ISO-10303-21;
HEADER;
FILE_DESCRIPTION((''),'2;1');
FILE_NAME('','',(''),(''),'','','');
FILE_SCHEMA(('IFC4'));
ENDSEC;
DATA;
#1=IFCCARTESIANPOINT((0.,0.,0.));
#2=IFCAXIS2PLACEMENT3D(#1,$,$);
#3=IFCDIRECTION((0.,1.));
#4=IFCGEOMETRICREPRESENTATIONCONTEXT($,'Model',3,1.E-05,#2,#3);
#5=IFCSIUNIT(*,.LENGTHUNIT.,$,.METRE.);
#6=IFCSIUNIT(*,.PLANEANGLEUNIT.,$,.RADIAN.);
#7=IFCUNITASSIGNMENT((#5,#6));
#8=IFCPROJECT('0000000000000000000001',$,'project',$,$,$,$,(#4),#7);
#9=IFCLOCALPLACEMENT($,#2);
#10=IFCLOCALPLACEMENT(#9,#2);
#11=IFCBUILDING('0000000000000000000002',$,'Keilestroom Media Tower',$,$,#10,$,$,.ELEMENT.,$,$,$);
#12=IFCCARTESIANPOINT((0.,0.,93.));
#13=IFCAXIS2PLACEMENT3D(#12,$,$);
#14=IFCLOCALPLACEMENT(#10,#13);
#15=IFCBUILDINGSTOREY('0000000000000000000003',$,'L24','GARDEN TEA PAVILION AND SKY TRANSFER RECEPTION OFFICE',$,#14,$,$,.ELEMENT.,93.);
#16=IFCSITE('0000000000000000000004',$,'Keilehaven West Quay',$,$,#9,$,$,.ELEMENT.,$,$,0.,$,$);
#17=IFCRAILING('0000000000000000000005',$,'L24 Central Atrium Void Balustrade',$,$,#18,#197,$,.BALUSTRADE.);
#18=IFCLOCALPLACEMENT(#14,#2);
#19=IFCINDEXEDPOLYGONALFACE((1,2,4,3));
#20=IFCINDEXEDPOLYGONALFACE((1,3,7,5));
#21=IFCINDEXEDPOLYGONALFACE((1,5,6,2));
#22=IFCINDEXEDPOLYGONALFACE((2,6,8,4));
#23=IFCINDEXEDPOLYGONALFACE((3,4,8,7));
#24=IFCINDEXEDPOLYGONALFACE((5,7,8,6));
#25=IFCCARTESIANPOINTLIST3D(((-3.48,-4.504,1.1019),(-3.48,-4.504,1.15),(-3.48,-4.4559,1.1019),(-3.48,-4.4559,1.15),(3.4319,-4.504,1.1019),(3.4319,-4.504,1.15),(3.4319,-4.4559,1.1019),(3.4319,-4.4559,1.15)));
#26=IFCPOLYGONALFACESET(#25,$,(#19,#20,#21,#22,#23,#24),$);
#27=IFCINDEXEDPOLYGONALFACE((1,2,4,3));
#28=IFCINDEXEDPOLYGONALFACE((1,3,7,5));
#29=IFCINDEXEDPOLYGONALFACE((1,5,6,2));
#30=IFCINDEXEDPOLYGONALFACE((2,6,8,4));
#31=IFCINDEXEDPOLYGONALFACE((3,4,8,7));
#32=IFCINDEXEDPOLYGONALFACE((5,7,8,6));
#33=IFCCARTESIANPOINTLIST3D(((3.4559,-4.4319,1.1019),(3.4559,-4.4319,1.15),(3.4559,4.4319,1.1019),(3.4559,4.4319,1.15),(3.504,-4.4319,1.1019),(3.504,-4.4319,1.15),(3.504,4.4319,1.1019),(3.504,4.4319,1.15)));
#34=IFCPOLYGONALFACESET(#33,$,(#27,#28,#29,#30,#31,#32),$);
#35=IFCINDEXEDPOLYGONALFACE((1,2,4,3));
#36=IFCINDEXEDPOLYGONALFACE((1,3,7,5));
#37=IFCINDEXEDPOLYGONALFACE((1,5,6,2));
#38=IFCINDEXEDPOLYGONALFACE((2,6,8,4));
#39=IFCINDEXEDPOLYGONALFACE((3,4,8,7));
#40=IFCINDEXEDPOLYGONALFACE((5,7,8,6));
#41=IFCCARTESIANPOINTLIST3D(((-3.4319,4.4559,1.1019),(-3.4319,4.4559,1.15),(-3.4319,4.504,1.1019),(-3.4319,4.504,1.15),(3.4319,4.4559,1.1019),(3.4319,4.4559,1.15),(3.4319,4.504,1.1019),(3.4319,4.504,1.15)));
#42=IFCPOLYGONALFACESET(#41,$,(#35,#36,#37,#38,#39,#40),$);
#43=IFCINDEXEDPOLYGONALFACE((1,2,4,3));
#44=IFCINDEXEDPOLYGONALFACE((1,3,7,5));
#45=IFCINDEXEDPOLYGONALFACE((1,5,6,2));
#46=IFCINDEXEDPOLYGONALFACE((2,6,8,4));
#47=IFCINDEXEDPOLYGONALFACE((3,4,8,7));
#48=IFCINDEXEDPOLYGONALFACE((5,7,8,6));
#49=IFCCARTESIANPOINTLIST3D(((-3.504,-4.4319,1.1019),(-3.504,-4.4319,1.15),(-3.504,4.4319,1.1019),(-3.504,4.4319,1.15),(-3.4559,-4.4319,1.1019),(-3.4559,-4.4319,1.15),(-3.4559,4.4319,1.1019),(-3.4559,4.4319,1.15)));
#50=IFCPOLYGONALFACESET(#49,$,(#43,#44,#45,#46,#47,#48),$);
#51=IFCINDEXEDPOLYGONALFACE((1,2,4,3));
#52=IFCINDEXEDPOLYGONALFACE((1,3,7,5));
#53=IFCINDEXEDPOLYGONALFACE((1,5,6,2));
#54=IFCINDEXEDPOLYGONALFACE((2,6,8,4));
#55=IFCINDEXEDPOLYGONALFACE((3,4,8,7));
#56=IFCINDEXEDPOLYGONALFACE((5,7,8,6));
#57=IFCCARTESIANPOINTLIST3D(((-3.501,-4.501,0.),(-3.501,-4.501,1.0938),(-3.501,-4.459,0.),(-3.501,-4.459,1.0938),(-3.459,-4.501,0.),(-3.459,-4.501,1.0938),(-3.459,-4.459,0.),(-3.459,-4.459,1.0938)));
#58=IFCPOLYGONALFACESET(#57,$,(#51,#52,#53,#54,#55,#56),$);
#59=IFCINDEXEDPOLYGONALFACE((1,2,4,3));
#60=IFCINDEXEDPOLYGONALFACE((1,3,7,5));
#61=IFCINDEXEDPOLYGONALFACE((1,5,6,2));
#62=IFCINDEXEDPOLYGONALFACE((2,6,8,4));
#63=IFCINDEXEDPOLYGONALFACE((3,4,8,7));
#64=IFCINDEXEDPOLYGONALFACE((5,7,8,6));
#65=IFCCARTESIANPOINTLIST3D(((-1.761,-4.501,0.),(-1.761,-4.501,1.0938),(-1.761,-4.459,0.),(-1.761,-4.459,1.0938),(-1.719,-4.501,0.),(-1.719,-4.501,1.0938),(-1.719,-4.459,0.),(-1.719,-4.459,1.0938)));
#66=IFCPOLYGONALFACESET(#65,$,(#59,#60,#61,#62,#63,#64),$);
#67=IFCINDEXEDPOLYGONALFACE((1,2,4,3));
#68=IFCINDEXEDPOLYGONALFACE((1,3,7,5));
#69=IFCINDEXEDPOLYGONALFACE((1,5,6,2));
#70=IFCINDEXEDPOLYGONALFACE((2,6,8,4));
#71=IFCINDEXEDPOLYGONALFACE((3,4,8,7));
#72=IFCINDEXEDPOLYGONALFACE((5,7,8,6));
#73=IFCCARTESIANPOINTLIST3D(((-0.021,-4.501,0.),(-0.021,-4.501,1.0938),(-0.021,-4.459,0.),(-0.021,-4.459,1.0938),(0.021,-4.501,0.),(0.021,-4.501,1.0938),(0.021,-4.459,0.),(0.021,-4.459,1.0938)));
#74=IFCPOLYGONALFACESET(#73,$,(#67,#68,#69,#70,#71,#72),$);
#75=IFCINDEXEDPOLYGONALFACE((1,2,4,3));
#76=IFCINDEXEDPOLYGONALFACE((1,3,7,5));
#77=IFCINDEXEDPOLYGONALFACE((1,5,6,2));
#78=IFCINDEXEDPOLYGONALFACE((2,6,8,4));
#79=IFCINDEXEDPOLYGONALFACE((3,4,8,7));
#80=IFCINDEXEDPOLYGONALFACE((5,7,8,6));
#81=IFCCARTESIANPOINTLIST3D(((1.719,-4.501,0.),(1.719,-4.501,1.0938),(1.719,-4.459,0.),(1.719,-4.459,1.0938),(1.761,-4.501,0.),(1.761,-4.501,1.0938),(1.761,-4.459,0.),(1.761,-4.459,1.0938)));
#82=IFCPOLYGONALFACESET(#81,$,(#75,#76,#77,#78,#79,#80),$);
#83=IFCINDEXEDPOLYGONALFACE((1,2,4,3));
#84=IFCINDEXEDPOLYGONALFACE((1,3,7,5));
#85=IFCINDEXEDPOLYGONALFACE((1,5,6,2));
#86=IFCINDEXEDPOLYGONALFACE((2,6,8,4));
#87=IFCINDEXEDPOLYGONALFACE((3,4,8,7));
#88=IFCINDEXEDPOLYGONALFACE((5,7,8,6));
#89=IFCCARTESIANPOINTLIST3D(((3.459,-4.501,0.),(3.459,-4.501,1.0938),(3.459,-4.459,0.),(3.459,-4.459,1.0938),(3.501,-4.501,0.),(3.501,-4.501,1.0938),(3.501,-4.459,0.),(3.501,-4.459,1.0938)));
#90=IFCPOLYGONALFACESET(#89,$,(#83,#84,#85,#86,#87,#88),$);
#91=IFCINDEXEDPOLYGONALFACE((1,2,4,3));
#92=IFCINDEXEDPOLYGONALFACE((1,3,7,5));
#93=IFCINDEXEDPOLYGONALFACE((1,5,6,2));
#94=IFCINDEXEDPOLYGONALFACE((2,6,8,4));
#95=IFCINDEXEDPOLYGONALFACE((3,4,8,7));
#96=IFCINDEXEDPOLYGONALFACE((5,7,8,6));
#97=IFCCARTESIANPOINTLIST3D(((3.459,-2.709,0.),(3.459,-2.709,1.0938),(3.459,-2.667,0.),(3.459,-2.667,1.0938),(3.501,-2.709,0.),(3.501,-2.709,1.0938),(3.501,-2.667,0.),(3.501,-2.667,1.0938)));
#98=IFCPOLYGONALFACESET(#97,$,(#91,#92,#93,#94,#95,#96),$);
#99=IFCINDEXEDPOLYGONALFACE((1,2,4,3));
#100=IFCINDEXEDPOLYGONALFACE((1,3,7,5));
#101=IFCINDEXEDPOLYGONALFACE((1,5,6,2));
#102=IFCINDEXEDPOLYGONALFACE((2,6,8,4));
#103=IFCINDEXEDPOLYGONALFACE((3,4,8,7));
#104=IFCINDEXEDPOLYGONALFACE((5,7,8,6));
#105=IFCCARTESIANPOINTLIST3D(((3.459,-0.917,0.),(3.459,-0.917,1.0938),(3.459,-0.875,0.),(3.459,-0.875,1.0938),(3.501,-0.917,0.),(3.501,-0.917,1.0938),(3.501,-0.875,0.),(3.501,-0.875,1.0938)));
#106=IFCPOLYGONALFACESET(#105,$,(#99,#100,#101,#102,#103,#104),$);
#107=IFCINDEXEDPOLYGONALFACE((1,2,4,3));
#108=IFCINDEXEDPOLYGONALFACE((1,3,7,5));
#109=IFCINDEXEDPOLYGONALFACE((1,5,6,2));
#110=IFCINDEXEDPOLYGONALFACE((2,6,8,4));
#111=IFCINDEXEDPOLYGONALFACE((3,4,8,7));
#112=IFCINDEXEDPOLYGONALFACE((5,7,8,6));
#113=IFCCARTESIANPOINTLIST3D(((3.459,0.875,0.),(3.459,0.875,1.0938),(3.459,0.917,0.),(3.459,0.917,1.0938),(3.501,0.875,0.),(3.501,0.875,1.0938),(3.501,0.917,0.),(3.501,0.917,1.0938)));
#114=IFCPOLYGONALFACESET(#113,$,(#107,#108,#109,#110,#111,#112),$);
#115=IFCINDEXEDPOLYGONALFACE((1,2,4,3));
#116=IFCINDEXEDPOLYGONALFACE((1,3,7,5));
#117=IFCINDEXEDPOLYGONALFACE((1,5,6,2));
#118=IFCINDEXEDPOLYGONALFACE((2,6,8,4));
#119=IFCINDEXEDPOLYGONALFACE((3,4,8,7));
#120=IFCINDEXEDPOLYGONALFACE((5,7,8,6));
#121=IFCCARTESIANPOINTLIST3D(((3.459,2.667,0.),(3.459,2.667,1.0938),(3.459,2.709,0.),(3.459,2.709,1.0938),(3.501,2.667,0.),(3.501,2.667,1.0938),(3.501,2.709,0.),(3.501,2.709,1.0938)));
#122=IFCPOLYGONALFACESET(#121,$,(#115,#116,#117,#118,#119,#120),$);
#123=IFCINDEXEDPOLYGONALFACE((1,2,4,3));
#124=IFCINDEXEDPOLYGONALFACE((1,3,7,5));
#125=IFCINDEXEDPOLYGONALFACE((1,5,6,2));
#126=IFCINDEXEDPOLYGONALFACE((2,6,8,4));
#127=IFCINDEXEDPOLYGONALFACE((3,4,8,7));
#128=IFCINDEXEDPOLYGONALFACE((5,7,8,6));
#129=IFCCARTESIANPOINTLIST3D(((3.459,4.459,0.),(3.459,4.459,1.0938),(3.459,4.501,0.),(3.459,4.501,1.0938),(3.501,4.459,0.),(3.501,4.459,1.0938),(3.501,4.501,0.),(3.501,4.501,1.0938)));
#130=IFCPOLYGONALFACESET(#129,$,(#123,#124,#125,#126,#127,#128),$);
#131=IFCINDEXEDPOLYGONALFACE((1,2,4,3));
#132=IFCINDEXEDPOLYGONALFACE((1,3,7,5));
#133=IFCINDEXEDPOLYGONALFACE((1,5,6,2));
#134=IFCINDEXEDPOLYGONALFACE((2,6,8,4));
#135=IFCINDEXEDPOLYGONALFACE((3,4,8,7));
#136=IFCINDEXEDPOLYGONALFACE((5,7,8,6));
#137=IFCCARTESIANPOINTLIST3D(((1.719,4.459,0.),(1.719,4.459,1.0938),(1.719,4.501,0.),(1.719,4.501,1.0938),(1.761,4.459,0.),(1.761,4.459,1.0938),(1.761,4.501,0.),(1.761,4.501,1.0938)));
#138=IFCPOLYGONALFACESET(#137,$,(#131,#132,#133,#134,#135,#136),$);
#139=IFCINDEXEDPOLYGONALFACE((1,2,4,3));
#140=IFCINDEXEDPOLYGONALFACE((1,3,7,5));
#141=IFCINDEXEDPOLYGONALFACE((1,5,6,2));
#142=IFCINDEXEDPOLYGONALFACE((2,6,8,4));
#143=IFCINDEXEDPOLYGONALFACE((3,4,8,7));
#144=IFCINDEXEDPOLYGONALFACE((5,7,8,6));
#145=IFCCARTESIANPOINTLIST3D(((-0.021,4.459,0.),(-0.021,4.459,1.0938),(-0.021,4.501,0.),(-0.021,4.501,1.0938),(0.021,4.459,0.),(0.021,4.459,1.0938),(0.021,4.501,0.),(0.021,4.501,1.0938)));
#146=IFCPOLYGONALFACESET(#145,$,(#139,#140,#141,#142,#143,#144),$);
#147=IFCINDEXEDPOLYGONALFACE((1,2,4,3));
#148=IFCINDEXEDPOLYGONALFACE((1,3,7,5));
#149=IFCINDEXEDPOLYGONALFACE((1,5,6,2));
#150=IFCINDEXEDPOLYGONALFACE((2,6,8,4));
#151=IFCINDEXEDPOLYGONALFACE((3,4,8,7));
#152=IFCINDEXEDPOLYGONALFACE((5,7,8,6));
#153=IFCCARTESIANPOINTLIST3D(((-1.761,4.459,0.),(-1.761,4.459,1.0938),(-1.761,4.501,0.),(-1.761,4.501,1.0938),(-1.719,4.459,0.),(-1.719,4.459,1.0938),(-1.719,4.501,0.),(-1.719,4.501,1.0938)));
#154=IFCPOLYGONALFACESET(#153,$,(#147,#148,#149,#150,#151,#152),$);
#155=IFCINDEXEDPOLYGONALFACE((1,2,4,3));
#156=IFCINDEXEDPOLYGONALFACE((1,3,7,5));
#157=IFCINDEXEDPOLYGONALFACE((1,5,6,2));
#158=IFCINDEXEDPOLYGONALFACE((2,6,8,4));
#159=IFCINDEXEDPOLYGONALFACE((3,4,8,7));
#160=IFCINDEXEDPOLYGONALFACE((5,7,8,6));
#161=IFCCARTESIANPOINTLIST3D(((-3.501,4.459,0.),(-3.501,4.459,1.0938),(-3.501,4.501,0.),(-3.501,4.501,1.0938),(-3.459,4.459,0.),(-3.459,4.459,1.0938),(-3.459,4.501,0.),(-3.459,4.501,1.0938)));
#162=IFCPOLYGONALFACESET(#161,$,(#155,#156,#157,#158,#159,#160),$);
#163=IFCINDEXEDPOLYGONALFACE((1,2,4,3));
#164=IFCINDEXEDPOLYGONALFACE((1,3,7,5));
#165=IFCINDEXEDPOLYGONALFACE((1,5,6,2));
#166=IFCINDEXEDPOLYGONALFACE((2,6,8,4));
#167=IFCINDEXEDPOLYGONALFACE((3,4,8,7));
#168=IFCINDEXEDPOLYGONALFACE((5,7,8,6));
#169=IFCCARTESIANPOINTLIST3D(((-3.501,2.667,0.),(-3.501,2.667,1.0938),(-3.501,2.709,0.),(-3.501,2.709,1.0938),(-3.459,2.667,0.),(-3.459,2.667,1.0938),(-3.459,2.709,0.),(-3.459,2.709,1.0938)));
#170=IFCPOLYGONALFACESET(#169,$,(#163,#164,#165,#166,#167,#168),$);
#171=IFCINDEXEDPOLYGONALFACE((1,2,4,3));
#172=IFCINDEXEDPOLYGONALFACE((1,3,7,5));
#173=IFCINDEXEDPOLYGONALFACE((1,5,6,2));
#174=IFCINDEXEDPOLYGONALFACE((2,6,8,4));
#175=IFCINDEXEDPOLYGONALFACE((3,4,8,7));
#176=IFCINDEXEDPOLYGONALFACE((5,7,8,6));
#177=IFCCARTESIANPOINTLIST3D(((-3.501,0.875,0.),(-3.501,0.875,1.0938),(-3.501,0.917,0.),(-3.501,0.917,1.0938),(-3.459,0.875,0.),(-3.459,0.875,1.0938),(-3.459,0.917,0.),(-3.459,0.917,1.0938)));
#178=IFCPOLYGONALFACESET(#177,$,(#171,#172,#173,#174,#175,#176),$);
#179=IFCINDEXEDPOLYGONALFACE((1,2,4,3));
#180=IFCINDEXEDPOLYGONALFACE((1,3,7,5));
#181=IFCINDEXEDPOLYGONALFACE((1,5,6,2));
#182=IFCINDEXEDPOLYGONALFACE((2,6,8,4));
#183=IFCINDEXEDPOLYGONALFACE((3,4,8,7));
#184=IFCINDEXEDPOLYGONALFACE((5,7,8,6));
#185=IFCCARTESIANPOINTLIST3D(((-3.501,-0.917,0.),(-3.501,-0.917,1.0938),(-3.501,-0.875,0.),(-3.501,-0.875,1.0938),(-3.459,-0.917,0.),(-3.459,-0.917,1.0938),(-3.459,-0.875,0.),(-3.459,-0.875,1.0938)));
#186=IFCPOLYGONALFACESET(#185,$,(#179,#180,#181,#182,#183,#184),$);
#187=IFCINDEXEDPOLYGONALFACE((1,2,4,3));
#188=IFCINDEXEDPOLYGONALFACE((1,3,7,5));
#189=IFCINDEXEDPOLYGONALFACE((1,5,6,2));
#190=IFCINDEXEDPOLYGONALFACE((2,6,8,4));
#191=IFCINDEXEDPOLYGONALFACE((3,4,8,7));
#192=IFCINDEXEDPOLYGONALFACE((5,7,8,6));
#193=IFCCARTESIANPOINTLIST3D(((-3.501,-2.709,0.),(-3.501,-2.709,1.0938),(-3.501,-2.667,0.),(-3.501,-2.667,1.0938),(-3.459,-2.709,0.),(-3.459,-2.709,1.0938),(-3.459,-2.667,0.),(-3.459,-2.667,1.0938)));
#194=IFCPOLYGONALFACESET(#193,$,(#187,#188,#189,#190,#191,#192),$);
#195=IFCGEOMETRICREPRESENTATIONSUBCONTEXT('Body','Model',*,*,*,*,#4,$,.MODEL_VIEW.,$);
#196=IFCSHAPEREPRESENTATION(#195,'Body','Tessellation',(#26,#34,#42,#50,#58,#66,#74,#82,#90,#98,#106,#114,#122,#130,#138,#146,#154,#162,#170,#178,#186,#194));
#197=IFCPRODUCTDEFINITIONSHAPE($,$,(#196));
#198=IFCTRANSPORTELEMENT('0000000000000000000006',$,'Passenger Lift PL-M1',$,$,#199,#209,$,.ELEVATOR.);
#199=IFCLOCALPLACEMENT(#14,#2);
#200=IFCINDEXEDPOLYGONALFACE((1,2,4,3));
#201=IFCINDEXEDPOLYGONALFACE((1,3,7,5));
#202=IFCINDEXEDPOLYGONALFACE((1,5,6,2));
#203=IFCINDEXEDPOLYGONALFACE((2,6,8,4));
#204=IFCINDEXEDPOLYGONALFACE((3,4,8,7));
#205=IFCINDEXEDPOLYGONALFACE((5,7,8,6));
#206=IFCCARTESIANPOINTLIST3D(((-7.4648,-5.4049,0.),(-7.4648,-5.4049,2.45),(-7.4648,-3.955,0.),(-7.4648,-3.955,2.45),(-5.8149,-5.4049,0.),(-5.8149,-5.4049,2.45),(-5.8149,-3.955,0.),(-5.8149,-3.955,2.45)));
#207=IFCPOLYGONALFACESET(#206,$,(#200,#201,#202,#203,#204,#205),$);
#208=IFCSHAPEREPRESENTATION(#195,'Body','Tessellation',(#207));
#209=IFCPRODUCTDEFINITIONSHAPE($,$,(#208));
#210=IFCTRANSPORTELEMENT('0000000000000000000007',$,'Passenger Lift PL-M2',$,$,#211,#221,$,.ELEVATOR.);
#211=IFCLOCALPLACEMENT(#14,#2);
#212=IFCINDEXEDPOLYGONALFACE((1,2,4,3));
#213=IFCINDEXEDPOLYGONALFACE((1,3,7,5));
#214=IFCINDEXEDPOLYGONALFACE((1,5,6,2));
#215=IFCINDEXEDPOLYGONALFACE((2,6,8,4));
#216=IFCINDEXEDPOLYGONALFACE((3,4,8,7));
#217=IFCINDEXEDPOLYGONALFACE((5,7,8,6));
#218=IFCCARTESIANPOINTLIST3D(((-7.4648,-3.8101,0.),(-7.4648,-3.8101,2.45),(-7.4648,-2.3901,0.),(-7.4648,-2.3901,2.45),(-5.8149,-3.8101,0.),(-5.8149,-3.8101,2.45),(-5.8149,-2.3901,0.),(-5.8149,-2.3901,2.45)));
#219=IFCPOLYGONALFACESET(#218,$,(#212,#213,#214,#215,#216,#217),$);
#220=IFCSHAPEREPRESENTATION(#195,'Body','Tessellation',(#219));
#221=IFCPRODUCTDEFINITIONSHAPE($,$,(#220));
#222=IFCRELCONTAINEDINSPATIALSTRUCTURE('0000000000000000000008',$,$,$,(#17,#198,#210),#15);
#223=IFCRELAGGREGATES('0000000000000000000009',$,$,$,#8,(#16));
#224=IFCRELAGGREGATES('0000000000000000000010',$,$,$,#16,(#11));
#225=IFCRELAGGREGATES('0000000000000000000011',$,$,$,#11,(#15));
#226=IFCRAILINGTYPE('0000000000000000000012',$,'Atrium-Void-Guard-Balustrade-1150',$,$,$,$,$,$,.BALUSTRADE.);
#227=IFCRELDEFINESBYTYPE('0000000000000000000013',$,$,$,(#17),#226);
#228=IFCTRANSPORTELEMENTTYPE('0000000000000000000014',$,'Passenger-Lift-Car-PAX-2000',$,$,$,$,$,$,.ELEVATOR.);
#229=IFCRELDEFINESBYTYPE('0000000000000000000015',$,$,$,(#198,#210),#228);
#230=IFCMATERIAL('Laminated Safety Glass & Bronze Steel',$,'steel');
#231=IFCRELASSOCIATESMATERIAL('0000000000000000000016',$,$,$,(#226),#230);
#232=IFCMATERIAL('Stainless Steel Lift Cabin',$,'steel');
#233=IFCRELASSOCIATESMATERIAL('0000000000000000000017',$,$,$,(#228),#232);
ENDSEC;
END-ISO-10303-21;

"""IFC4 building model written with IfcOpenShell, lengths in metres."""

from ifc_helpers import new_model, si_unit, direction, frame, origin, origin_2d, place, context, subcontext, project, spatial, rectangle, extrude, source, transform, mapped, material, type_object, element, save


model = new_model("IFC4")

# Units and contexts
model_context = context("Model", 3, precision=1e-05, world=origin(), true_north=direction((0.0, 1.0)))
body_context = subcontext(model_context, "Body", "Model", "MODEL_VIEW")
ifc_project = project(units=[si_unit("LENGTHUNIT", "METRE"), si_unit("PLANEANGLEUNIT", "RADIAN")], contexts=[model_context])

# Site, building, storey
site_placement = place(None, origin())
site = spatial("IfcSite", under=ifc_project, at=site_placement, Name="Keilehaven West Quay", CompositionType="ELEMENT", RefElevation=0.0)
building_placement = place(site_placement, origin())
building = spatial("IfcBuilding", under=site, at=building_placement, Name="Keilestroom Media Tower", CompositionType="ELEMENT")
storey_placement = place(building_placement, frame((0.0, 0.0, 93.0)))
storey = spatial("IfcBuildingStorey", under=building, at=storey_placement, Name="L24", Description="GARDEN TEA PAVILION AND SKY TRANSFER RECEPTION OFFICE", CompositionType="ELEMENT", Elevation=93.0)

# Railing
ifc_material_1 = material(Name="Laminated Safety Glass & Bronze Steel", Category="steel")
railing_type = type_object("IfcRailingType", Name="Atrium-Void-Guard-Balustrade-1150", PredefinedType="BALUSTRADE", material=ifc_material_1)
railing_placement = place(storey_placement, frame((-3.48, -4.48, 0.0)))
element("IfcRailing", 1, at=railing_placement, inside=storey, type_object=railing_type, Name="L24 Central Atrium Void Balustrade", PredefinedType="BALUSTRADE", context=body_context, shape_type="SweptSolid", body=[
    extrude(rectangle(XDim=0.0481, YDim=0.0481, at=origin_2d()), frame((0.0, 0.0, 1.126), z_axis=(1.0, 0.0, 0.0), x_axis=(0.0, 1.0, 0.0)), (0.0, 0.0, 1.0), 6.9119),
    extrude(rectangle(XDim=0.0481, YDim=0.0481, at=origin_2d()), frame((6.96, 0.0481, 1.126), z_axis=(0.0, 1.0, 0.0), x_axis=(-1.0, 0.0, 0.0)), (0.0, 0.0, 1.0), 8.8638),
    extrude(rectangle(XDim=0.0481, YDim=0.0481, at=origin_2d()), frame((6.9119, 8.96, 1.126), z_axis=(-1.0, 0.0, 0.0), x_axis=(0.0, -1.0, 0.0)), (0.0, 0.0, 1.0), 6.8638),
    extrude(rectangle(XDim=0.0481, YDim=0.0481, at=origin_2d()), frame((0.0, 8.9119, 1.126), z_axis=(0.0, -1.0, 0.0), x_axis=(1.0, 0.0, 0.0)), (0.0, 0.0, 1.0), 8.8638),
    extrude(rectangle(XDim=0.042, YDim=0.042, at=origin_2d()), origin(), (0.0, 0.0, 1.0), 1.0938),
    extrude(rectangle(XDim=0.042, YDim=0.042, at=origin_2d()), frame((1.74, 0.0, 0.0)), (0.0, 0.0, 1.0), 1.0938),
    extrude(rectangle(XDim=0.042, YDim=0.042, at=origin_2d()), frame((3.48, 0.0, 0.0)), (0.0, 0.0, 1.0), 1.0938),
    extrude(rectangle(XDim=0.042, YDim=0.042, at=origin_2d()), frame((5.22, 0.0, 0.0)), (0.0, 0.0, 1.0), 1.0938),
    extrude(rectangle(XDim=0.042, YDim=0.042, at=origin_2d()), frame((6.96, 0.0, 0.0)), (0.0, 0.0, 1.0), 1.0938),
    extrude(rectangle(XDim=0.042, YDim=0.042, at=origin_2d()), frame((6.96, 1.792, 0.0)), (0.0, 0.0, 1.0), 1.0938),
    extrude(rectangle(XDim=0.042, YDim=0.042, at=origin_2d()), frame((6.96, 3.584, 0.0)), (0.0, 0.0, 1.0), 1.0938),
    extrude(rectangle(XDim=0.042, YDim=0.042, at=origin_2d()), frame((6.96, 5.376, 0.0)), (0.0, 0.0, 1.0), 1.0938),
    extrude(rectangle(XDim=0.042, YDim=0.042, at=origin_2d()), frame((6.96, 7.168, 0.0)), (0.0, 0.0, 1.0), 1.0938),
    extrude(rectangle(XDim=0.042, YDim=0.042, at=origin_2d()), frame((6.96, 8.96, 0.0)), (0.0, 0.0, 1.0), 1.0938),
    extrude(rectangle(XDim=0.042, YDim=0.042, at=origin_2d()), frame((5.22, 8.96, 0.0)), (0.0, 0.0, 1.0), 1.0938),
    extrude(rectangle(XDim=0.042, YDim=0.042, at=origin_2d()), frame((3.48, 8.96, 0.0)), (0.0, 0.0, 1.0), 1.0938),
    extrude(rectangle(XDim=0.042, YDim=0.042, at=origin_2d()), frame((1.74, 8.96, 0.0)), (0.0, 0.0, 1.0), 1.0938),
    extrude(rectangle(XDim=0.042, YDim=0.042, at=origin_2d()), frame((0.0, 8.96, 0.0)), (0.0, 0.0, 1.0), 1.0938),
    extrude(rectangle(XDim=0.042, YDim=0.042, at=origin_2d()), frame((0.0, 7.168, 0.0)), (0.0, 0.0, 1.0), 1.0938),
    extrude(rectangle(XDim=0.042, YDim=0.042, at=origin_2d()), frame((0.0, 5.376, 0.0)), (0.0, 0.0, 1.0), 1.0938),
    extrude(rectangle(XDim=0.042, YDim=0.042, at=origin_2d()), frame((0.0, 3.584, 0.0)), (0.0, 0.0, 1.0), 1.0938),
    extrude(rectangle(XDim=0.042, YDim=0.042, at=origin_2d()), frame((0.0, 1.792, 0.0)), (0.0, 0.0, 1.0), 1.0938),
])

# Transport elements
ifc_material_2 = material(Name="Stainless Steel Lift Cabin", Category="steel")
transport_element_type = type_object("IfcTransportElementType", Name="Passenger-Lift-Car-PAX-2000", PredefinedType="ELEVATOR", material=ifc_material_2)
shared_shape_1 = source(origin(), body_context, "Body", "SweptSolid", [
    extrude(rectangle(XDim=1.6499, YDim=1.45, at=origin_2d()), origin(), (0.0, 0.0, 1.0), 2.45),
])
transport_element_1_placement = place(storey_placement, frame((-6.6399, -4.6799, 0.0), z_axis=(0.0, 0.0, 1.0), x_axis=(1.0, 0.0, 0.0)))
element("IfcTransportElement", 2, at=transport_element_1_placement, inside=storey, type_object=transport_element_type, Name="Passenger Lift PL-M1", PredefinedType="ELEVATOR", context=body_context, shape_type="MappedRepresentation", body=[
    mapped(shared_shape_1, transform((0.0, 0.0, 0.0), x_axis=(1.0, 0.0, 0.0), y_axis=(0.0, 1.0, 0.0), z_axis=(0.0, 0.0, 1.0), scale=1.0)),
])
shared_shape_2 = source(origin(), body_context, "Body", "SweptSolid", [
    extrude(rectangle(XDim=1.6499, YDim=1.4199, at=origin_2d()), origin(), (0.0, 0.0, 1.0), 2.45),
])
transport_element_2_placement = place(storey_placement, frame((-6.6399, -3.1001, 0.0), z_axis=(0.0, 0.0, 1.0), x_axis=(1.0, 0.0, 0.0)))
element("IfcTransportElement", 3, at=transport_element_2_placement, inside=storey, type_object=transport_element_type, Name="Passenger Lift PL-M2", PredefinedType="ELEVATOR", context=body_context, shape_type="MappedRepresentation", body=[
    mapped(shared_shape_2, transform((0.0, 0.0, 0.0), x_axis=(1.0, 0.0, 0.0), y_axis=(0.0, 1.0, 0.0), z_axis=(0.0, 0.0, 1.0), scale=1.0)),
])

save(model, "model.ifc")
